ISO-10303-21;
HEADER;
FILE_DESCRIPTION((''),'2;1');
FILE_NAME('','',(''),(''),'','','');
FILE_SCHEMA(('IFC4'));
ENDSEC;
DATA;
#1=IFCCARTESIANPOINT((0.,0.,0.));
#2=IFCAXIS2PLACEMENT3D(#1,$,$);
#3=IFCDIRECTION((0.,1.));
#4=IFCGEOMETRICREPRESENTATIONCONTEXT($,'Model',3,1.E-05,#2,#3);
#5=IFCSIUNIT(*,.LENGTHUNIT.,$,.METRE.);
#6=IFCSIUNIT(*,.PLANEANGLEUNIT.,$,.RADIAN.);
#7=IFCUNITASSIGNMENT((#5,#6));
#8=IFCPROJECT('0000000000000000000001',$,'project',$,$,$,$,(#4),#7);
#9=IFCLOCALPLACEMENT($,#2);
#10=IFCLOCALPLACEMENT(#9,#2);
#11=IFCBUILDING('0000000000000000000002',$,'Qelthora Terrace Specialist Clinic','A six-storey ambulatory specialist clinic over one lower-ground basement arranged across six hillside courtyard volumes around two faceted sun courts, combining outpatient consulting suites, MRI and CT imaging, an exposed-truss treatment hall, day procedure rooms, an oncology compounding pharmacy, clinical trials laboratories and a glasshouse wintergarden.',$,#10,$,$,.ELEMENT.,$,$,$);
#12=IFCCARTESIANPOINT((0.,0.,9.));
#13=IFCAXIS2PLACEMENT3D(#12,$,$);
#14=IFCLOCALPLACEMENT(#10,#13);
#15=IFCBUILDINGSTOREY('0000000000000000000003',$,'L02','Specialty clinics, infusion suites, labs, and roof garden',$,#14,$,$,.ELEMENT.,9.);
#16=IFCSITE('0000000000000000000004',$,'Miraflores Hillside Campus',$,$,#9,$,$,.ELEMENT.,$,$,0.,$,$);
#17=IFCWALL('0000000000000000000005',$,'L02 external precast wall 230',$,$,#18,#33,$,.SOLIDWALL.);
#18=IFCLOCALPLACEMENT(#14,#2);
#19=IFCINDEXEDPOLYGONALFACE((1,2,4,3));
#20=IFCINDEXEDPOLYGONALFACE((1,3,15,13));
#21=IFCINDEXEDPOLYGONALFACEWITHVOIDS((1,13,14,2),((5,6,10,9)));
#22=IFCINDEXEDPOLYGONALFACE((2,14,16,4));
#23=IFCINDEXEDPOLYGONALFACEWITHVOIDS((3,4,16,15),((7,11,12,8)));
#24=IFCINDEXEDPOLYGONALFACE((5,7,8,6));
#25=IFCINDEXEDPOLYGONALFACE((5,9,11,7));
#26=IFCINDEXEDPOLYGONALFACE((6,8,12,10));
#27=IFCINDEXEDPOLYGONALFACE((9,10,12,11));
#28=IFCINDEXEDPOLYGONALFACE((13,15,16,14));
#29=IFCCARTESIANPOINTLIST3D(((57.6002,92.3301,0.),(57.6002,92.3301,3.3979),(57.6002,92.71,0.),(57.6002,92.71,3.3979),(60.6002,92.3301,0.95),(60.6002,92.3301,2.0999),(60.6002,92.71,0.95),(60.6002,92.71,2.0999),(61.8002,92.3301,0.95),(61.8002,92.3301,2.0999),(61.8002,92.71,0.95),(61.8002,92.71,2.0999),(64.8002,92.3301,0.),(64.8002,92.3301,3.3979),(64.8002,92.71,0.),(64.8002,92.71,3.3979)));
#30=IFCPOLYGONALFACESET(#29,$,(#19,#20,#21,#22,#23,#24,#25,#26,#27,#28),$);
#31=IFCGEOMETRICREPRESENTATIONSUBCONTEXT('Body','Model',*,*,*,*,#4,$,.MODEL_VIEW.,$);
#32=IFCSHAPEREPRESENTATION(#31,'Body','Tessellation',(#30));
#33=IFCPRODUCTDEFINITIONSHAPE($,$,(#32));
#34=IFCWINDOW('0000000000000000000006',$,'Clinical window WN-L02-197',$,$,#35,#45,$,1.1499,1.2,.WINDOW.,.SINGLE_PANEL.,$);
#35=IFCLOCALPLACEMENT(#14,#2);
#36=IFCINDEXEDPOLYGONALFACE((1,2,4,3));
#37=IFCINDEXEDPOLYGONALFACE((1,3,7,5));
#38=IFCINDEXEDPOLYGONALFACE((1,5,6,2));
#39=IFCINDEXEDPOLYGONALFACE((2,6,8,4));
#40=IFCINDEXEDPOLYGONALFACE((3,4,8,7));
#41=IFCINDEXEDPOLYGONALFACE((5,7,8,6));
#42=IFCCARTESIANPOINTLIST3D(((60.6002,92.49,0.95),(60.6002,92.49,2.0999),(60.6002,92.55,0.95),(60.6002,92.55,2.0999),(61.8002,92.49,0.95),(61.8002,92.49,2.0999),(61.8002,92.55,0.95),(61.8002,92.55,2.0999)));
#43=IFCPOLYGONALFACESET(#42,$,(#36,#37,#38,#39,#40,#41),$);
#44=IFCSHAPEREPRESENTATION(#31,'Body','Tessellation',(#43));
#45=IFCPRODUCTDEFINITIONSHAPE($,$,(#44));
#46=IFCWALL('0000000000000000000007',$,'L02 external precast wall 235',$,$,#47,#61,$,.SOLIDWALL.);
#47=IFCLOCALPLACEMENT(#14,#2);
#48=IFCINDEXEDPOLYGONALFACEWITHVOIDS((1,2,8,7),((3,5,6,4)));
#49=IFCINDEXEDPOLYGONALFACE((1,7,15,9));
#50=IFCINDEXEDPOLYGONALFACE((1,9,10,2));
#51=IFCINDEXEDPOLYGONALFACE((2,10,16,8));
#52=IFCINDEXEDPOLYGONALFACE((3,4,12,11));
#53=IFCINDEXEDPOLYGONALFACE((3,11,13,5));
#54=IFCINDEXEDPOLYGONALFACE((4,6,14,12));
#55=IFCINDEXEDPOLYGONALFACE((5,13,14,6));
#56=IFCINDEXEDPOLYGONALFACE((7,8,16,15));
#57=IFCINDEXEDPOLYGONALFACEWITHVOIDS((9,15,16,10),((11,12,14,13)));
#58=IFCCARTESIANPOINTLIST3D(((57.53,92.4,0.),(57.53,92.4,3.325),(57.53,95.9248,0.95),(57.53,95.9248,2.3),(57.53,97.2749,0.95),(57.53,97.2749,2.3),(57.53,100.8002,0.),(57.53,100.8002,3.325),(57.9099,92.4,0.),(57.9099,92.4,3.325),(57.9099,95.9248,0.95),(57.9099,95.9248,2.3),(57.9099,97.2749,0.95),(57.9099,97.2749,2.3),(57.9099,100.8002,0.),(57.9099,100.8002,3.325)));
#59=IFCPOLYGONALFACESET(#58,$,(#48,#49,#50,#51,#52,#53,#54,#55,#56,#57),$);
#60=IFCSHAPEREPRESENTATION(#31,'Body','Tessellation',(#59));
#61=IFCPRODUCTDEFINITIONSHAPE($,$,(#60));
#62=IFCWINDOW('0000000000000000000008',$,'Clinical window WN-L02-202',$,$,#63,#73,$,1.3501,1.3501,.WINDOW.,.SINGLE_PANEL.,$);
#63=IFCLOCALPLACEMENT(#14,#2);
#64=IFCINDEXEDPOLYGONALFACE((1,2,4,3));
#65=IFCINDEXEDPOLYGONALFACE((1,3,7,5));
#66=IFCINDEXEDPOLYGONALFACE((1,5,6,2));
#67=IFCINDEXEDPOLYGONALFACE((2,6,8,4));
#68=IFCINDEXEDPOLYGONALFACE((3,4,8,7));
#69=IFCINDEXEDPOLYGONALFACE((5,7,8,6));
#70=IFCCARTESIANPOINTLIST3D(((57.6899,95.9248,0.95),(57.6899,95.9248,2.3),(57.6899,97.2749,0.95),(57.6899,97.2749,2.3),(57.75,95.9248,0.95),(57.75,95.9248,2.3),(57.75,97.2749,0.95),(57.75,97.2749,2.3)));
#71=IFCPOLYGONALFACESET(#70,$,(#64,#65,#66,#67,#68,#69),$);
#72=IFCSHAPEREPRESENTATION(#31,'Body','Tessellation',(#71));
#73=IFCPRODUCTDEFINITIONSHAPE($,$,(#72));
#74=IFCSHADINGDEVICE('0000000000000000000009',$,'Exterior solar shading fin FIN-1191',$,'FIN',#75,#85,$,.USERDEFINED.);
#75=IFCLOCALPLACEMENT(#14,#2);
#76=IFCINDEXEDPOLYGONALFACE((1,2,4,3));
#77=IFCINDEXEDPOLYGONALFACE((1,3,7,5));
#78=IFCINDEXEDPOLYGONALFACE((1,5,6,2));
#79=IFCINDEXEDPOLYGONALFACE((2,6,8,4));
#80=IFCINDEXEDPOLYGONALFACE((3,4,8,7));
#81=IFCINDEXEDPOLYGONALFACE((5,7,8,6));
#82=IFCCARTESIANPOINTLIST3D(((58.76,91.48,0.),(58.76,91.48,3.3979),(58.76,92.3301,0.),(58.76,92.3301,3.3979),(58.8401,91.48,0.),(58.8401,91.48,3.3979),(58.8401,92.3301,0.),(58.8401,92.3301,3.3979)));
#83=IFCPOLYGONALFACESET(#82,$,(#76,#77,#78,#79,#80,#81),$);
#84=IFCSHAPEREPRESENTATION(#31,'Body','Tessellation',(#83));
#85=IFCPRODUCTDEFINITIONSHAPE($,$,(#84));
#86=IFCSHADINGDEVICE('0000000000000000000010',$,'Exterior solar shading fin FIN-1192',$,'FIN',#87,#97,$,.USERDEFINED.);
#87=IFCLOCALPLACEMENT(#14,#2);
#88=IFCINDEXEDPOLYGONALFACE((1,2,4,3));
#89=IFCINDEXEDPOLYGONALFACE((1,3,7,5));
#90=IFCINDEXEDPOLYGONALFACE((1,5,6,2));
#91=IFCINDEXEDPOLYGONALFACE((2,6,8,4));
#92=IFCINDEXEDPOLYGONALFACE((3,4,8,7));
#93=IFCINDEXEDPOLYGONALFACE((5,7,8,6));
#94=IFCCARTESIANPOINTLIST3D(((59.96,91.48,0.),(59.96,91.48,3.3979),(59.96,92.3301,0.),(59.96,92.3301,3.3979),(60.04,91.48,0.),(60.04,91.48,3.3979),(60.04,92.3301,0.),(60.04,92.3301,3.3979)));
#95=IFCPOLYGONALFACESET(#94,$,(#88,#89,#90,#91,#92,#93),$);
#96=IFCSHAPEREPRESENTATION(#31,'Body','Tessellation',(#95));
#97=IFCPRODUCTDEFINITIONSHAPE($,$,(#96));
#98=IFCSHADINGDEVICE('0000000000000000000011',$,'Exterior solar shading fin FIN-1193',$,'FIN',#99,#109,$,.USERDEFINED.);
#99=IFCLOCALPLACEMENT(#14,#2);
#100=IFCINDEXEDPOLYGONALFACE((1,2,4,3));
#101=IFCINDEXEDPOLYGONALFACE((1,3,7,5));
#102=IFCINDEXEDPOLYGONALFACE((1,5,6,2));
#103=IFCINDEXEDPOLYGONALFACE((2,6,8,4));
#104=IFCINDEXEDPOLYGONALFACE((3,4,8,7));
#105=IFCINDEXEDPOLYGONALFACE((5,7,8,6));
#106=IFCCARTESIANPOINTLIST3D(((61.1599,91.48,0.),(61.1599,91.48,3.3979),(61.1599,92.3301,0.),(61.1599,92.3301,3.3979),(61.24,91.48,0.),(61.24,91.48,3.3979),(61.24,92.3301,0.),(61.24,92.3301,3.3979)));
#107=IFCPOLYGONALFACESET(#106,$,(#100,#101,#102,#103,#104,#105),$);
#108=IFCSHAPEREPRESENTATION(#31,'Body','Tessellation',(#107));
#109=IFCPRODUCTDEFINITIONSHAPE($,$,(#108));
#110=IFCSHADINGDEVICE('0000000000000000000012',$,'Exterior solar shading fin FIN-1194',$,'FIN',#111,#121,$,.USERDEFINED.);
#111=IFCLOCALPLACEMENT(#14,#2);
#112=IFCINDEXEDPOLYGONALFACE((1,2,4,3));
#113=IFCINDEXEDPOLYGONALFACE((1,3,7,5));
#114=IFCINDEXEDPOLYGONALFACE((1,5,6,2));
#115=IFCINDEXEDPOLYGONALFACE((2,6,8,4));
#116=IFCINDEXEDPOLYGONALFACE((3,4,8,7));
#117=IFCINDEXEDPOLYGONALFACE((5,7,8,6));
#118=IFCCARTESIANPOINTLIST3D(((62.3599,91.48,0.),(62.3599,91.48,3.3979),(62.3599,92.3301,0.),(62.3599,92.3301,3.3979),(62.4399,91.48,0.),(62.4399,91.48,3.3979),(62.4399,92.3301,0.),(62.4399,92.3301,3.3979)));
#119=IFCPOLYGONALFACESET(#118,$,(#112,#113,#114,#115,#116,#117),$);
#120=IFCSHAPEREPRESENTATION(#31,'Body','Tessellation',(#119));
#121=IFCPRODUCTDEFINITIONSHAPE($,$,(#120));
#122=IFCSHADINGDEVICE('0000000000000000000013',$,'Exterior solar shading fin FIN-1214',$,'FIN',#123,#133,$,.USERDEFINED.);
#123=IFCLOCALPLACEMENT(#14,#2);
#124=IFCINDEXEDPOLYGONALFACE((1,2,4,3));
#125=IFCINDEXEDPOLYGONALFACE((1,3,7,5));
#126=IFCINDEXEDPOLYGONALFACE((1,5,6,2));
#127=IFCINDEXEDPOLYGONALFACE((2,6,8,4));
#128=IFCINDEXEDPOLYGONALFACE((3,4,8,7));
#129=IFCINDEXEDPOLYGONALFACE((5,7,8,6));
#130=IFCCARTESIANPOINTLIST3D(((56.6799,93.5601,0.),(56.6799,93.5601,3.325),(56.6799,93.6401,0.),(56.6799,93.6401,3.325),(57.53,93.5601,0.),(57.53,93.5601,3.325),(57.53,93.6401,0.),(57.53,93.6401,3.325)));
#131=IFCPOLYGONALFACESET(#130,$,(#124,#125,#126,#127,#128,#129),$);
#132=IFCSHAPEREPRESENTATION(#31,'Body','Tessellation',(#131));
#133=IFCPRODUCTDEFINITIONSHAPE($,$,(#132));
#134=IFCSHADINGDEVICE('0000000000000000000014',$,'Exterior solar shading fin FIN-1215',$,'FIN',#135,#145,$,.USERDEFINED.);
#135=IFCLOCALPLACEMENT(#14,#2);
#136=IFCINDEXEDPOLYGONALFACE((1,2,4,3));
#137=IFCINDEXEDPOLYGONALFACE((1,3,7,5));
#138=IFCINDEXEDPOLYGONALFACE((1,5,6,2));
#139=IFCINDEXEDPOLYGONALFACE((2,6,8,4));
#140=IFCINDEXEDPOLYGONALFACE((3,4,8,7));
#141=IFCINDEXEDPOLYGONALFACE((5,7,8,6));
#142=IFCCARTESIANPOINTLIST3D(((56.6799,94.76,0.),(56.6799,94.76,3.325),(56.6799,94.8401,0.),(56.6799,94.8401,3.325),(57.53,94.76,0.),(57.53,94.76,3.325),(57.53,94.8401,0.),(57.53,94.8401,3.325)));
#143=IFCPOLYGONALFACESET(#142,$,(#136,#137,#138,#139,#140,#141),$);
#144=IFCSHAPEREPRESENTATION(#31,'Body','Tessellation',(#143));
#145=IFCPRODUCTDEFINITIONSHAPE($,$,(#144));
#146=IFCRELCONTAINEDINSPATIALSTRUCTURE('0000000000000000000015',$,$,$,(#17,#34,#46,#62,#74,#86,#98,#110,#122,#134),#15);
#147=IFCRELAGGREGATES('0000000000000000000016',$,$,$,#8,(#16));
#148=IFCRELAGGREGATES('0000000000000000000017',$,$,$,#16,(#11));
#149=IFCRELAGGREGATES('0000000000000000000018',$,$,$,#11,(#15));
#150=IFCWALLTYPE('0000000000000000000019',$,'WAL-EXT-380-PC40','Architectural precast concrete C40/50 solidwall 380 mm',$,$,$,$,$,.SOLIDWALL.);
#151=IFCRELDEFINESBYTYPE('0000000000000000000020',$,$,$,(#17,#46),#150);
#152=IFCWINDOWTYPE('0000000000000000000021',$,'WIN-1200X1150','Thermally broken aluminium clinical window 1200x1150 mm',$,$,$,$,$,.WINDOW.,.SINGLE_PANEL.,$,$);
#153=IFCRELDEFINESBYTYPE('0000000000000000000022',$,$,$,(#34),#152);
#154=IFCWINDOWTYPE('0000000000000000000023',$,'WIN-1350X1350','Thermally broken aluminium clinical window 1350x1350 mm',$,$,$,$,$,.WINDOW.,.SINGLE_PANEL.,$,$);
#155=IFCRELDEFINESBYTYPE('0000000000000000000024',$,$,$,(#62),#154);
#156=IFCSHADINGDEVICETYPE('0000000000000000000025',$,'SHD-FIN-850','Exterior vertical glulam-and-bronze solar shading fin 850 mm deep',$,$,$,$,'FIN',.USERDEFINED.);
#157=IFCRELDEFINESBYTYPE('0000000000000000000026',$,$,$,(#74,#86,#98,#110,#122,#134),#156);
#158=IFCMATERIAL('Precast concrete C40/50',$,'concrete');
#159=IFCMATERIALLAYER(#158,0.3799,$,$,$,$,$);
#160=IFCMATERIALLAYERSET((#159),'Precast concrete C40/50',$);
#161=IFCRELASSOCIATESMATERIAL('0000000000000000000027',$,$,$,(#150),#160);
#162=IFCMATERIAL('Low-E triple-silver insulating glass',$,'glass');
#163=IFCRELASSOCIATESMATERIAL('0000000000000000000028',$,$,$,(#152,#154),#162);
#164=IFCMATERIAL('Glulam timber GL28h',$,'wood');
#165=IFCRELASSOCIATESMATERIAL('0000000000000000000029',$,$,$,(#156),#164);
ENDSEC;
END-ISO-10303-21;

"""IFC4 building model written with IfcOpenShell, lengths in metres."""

from ifc_helpers import new_model, si_unit, direction, frame, frame_2d, origin, origin_2d, place, context, subcontext, project, spatial, rectangle, extrude, material, layer, layer_set, type_object, element, fill, save


model = new_model("IFC4")

# Units and contexts
model_context = context("Model", 3, precision=1e-05, world=origin(), true_north=direction((0.0, 1.0)))
body_context = subcontext(model_context, "Body", "Model", "MODEL_VIEW")
ifc_project = project(units=[si_unit("LENGTHUNIT", "METRE"), si_unit("PLANEANGLEUNIT", "RADIAN")], contexts=[model_context])

# Site, building, storey
site_placement = place(None, origin())
site = spatial("IfcSite", under=ifc_project, at=site_placement, Name="Miraflores Hillside Campus", CompositionType="ELEMENT", RefElevation=0.0)
building_placement = place(site_placement, origin())
building = spatial("IfcBuilding", under=site, at=building_placement, Name="Qelthora Terrace Specialist Clinic", Description="A six-storey ambulatory specialist clinic over one lower-ground basement arranged across six hillside courtyard volumes around two faceted sun courts, combining outpatient consulting suites, MRI and CT imaging, an exposed-truss treatment hall, day procedure rooms, an oncology compounding pharmacy, clinical trials laboratories and a glasshouse wintergarden.", CompositionType="ELEMENT")
storey_placement = place(building_placement, frame((0.0, 0.0, 9.0)))
storey = spatial("IfcBuildingStorey", under=building, at=storey_placement, Name="L02", Description="Specialty clinics, infusion suites, labs, and roof garden", CompositionType="ELEMENT", Elevation=9.0)

# Walls, openings, windows
ifc_material_1 = material(Name="Precast concrete C40/50", Category="concrete")
ifc_layer = layer(ifc_material_1, 0.3799)
ifc_layer_set = layer_set([ifc_layer], Name="Precast concrete C40/50")
wall_type = type_object("IfcWallType", Name="WAL-EXT-380-PC40", Description="Architectural precast concrete C40/50 solidwall 380 mm", PredefinedType="SOLIDWALL", material=ifc_layer_set)
wall_1_placement = place(storey_placement, frame((57.6001, 92.52, 0.0), z_axis=(0.0, 0.0, 1.0), x_axis=(1.0, 0.0, 0.0)))
wall_1 = element("IfcWall", 1, at=wall_1_placement, inside=storey, type_object=wall_type, Name="L02 external precast wall 230", PredefinedType="SOLIDWALL", context=body_context, shape_type="SweptSolid", body=[
    extrude(rectangle(XDim=7.2, YDim=0.3799, at=frame_2d((3.6001, 0.0))), origin(), (0.0, 0.0, 1.0), 3.3979),
])
opening_1_placement = place(wall_1_placement, frame((3.0, 0.0, 0.95)))
opening_1 = element("IfcOpeningElement", 2, at=opening_1_placement, cuts=wall_1, PredefinedType="OPENING", context=body_context, shape_type="SweptSolid", body=[
    extrude(rectangle(XDim=1.2, YDim=1.1499, at=frame_2d((0.6001, 0.575))), frame((0.0, 0.2, 0.0), z_axis=(0.0, -1.0, 0.0), x_axis=(1.0, 0.0, 0.0)), (0.0, 0.0, 1.0), 0.3999),
])
ifc_material_2 = material(Name="Low-E triple-silver insulating glass", Category="glass")
window_type_1 = type_object("IfcWindowType", Name="WIN-1200X1150", Description="Thermally broken aluminium clinical window 1200x1150 mm", PartitioningType="SINGLE_PANEL", PredefinedType="WINDOW", material=ifc_material_2)
window_1_placement = place(opening_1_placement, origin())
window_1 = element("IfcWindow", 3, at=window_1_placement, inside=storey, type_object=window_type_1, Name="Clinical window WN-L02-197", OverallHeight=1.1499, OverallWidth=1.2, PartitioningType="SINGLE_PANEL", PredefinedType="WINDOW", context=body_context, shape_type="SweptSolid", body=[
    extrude(rectangle(XDim=1.2, YDim=1.1499, at=frame_2d((0.6001, 0.575))), frame((0.0, 0.03, 0.0), z_axis=(0.0, -1.0, 0.0), x_axis=(1.0, 0.0, 0.0)), (0.0, 0.0, 1.0), 0.0601),
])
fill(opening_1, window_1)
wall_2_placement = place(storey_placement, frame((57.72, 92.3999, 0.0), z_axis=(0.0, 0.0, 1.0), x_axis=(0.0, 1.0, 0.0)))
wall_2 = element("IfcWall", 4, at=wall_2_placement, inside=storey, type_object=wall_type, Name="L02 external precast wall 235", PredefinedType="SOLIDWALL", context=body_context, shape_type="SweptSolid", body=[
    extrude(rectangle(XDim=8.4001, YDim=0.3799, at=frame_2d((4.2002, 0.0))), origin(), (0.0, 0.0, 1.0), 3.325),
])
opening_2_placement = place(wall_2_placement, frame((3.5249, 0.0, 0.95)))
opening_2 = element("IfcOpeningElement", 5, at=opening_2_placement, cuts=wall_2, PredefinedType="OPENING", context=body_context, shape_type="SweptSolid", body=[
    extrude(rectangle(XDim=1.3501, YDim=1.3501, at=frame_2d((0.675, 0.675))), frame((0.0, 0.2, 0.0), z_axis=(0.0, -1.0, 0.0), x_axis=(1.0, 0.0, 0.0)), (0.0, 0.0, 1.0), 0.3999),
])
window_type_2 = type_object("IfcWindowType", Name="WIN-1350X1350", Description="Thermally broken aluminium clinical window 1350x1350 mm", PartitioningType="SINGLE_PANEL", PredefinedType="WINDOW", material=ifc_material_2)
window_2_placement = place(opening_2_placement, origin())
window_2 = element("IfcWindow", 6, at=window_2_placement, inside=storey, type_object=window_type_2, Name="Clinical window WN-L02-202", OverallHeight=1.3501, OverallWidth=1.3501, PartitioningType="SINGLE_PANEL", PredefinedType="WINDOW", context=body_context, shape_type="SweptSolid", body=[
    extrude(rectangle(XDim=1.3501, YDim=1.3501, at=frame_2d((0.675, 0.675))), frame((0.0, 0.03, 0.0), z_axis=(0.0, -1.0, 0.0), x_axis=(1.0, 0.0, 0.0)), (0.0, 0.0, 1.0), 0.0601),
])
fill(opening_2, window_2)

# Shading devices
ifc_material_3 = material(Name="Glulam timber GL28h", Category="wood")
shading_device_type = type_object("IfcShadingDeviceType", Name="SHD-FIN-850", Description="Exterior vertical glulam-and-bronze solar shading fin 850 mm deep", ElementType="FIN", PredefinedType="USERDEFINED", material=ifc_material_3)
for number, where, z_axis, x_axis, name in (
    (7, (58.8, 91.905, 0.0), (0.0, 0.0, 1.0), (0.0, -1.0, 0.0), "Exterior solar shading fin FIN-1191"),
    (8, (60.0, 91.905, 0.0), (0.0, 0.0, 1.0), (0.0, -1.0, 0.0), "Exterior solar shading fin FIN-1192"),
    (9, (61.2, 91.905, 0.0), (0.0, 0.0, 1.0), (0.0, -1.0, 0.0), "Exterior solar shading fin FIN-1193"),
    (10, (62.3999, 91.905, 0.0), (0.0, 0.0, 1.0), (0.0, -1.0, 0.0), "Exterior solar shading fin FIN-1194"),
):
    element("IfcShadingDevice", number, at=place(storey_placement, frame(where, z_axis=z_axis, x_axis=x_axis)), inside=storey, type_object=shading_device_type, Name=name, ObjectType="FIN", PredefinedType="USERDEFINED", context=body_context, shape_type="SweptSolid", body=[
        extrude(rectangle(XDim=0.8501, YDim=0.0801, at=origin_2d()), origin(), (0.0, 0.0, 1.0), 3.3979),
    ])
for number, where, z_axis, x_axis, name in (
    (11, (57.105, 93.6001, 0.0), (0.0, 0.0, 1.0), (-1.0, 0.0, 0.0), "Exterior solar shading fin FIN-1214"),
    (12, (57.105, 94.8, 0.0), (0.0, 0.0, 1.0), (-1.0, 0.0, 0.0), "Exterior solar shading fin FIN-1215"),
):
    element("IfcShadingDevice", number, at=place(storey_placement, frame(where, z_axis=z_axis, x_axis=x_axis)), inside=storey, type_object=shading_device_type, Name=name, ObjectType="FIN", PredefinedType="USERDEFINED", context=body_context, shape_type="SweptSolid", body=[
        extrude(rectangle(XDim=0.8501, YDim=0.0801, at=origin_2d()), origin(), (0.0, 0.0, 1.0), 3.325),
    ])

save(model, "model.ifc")
